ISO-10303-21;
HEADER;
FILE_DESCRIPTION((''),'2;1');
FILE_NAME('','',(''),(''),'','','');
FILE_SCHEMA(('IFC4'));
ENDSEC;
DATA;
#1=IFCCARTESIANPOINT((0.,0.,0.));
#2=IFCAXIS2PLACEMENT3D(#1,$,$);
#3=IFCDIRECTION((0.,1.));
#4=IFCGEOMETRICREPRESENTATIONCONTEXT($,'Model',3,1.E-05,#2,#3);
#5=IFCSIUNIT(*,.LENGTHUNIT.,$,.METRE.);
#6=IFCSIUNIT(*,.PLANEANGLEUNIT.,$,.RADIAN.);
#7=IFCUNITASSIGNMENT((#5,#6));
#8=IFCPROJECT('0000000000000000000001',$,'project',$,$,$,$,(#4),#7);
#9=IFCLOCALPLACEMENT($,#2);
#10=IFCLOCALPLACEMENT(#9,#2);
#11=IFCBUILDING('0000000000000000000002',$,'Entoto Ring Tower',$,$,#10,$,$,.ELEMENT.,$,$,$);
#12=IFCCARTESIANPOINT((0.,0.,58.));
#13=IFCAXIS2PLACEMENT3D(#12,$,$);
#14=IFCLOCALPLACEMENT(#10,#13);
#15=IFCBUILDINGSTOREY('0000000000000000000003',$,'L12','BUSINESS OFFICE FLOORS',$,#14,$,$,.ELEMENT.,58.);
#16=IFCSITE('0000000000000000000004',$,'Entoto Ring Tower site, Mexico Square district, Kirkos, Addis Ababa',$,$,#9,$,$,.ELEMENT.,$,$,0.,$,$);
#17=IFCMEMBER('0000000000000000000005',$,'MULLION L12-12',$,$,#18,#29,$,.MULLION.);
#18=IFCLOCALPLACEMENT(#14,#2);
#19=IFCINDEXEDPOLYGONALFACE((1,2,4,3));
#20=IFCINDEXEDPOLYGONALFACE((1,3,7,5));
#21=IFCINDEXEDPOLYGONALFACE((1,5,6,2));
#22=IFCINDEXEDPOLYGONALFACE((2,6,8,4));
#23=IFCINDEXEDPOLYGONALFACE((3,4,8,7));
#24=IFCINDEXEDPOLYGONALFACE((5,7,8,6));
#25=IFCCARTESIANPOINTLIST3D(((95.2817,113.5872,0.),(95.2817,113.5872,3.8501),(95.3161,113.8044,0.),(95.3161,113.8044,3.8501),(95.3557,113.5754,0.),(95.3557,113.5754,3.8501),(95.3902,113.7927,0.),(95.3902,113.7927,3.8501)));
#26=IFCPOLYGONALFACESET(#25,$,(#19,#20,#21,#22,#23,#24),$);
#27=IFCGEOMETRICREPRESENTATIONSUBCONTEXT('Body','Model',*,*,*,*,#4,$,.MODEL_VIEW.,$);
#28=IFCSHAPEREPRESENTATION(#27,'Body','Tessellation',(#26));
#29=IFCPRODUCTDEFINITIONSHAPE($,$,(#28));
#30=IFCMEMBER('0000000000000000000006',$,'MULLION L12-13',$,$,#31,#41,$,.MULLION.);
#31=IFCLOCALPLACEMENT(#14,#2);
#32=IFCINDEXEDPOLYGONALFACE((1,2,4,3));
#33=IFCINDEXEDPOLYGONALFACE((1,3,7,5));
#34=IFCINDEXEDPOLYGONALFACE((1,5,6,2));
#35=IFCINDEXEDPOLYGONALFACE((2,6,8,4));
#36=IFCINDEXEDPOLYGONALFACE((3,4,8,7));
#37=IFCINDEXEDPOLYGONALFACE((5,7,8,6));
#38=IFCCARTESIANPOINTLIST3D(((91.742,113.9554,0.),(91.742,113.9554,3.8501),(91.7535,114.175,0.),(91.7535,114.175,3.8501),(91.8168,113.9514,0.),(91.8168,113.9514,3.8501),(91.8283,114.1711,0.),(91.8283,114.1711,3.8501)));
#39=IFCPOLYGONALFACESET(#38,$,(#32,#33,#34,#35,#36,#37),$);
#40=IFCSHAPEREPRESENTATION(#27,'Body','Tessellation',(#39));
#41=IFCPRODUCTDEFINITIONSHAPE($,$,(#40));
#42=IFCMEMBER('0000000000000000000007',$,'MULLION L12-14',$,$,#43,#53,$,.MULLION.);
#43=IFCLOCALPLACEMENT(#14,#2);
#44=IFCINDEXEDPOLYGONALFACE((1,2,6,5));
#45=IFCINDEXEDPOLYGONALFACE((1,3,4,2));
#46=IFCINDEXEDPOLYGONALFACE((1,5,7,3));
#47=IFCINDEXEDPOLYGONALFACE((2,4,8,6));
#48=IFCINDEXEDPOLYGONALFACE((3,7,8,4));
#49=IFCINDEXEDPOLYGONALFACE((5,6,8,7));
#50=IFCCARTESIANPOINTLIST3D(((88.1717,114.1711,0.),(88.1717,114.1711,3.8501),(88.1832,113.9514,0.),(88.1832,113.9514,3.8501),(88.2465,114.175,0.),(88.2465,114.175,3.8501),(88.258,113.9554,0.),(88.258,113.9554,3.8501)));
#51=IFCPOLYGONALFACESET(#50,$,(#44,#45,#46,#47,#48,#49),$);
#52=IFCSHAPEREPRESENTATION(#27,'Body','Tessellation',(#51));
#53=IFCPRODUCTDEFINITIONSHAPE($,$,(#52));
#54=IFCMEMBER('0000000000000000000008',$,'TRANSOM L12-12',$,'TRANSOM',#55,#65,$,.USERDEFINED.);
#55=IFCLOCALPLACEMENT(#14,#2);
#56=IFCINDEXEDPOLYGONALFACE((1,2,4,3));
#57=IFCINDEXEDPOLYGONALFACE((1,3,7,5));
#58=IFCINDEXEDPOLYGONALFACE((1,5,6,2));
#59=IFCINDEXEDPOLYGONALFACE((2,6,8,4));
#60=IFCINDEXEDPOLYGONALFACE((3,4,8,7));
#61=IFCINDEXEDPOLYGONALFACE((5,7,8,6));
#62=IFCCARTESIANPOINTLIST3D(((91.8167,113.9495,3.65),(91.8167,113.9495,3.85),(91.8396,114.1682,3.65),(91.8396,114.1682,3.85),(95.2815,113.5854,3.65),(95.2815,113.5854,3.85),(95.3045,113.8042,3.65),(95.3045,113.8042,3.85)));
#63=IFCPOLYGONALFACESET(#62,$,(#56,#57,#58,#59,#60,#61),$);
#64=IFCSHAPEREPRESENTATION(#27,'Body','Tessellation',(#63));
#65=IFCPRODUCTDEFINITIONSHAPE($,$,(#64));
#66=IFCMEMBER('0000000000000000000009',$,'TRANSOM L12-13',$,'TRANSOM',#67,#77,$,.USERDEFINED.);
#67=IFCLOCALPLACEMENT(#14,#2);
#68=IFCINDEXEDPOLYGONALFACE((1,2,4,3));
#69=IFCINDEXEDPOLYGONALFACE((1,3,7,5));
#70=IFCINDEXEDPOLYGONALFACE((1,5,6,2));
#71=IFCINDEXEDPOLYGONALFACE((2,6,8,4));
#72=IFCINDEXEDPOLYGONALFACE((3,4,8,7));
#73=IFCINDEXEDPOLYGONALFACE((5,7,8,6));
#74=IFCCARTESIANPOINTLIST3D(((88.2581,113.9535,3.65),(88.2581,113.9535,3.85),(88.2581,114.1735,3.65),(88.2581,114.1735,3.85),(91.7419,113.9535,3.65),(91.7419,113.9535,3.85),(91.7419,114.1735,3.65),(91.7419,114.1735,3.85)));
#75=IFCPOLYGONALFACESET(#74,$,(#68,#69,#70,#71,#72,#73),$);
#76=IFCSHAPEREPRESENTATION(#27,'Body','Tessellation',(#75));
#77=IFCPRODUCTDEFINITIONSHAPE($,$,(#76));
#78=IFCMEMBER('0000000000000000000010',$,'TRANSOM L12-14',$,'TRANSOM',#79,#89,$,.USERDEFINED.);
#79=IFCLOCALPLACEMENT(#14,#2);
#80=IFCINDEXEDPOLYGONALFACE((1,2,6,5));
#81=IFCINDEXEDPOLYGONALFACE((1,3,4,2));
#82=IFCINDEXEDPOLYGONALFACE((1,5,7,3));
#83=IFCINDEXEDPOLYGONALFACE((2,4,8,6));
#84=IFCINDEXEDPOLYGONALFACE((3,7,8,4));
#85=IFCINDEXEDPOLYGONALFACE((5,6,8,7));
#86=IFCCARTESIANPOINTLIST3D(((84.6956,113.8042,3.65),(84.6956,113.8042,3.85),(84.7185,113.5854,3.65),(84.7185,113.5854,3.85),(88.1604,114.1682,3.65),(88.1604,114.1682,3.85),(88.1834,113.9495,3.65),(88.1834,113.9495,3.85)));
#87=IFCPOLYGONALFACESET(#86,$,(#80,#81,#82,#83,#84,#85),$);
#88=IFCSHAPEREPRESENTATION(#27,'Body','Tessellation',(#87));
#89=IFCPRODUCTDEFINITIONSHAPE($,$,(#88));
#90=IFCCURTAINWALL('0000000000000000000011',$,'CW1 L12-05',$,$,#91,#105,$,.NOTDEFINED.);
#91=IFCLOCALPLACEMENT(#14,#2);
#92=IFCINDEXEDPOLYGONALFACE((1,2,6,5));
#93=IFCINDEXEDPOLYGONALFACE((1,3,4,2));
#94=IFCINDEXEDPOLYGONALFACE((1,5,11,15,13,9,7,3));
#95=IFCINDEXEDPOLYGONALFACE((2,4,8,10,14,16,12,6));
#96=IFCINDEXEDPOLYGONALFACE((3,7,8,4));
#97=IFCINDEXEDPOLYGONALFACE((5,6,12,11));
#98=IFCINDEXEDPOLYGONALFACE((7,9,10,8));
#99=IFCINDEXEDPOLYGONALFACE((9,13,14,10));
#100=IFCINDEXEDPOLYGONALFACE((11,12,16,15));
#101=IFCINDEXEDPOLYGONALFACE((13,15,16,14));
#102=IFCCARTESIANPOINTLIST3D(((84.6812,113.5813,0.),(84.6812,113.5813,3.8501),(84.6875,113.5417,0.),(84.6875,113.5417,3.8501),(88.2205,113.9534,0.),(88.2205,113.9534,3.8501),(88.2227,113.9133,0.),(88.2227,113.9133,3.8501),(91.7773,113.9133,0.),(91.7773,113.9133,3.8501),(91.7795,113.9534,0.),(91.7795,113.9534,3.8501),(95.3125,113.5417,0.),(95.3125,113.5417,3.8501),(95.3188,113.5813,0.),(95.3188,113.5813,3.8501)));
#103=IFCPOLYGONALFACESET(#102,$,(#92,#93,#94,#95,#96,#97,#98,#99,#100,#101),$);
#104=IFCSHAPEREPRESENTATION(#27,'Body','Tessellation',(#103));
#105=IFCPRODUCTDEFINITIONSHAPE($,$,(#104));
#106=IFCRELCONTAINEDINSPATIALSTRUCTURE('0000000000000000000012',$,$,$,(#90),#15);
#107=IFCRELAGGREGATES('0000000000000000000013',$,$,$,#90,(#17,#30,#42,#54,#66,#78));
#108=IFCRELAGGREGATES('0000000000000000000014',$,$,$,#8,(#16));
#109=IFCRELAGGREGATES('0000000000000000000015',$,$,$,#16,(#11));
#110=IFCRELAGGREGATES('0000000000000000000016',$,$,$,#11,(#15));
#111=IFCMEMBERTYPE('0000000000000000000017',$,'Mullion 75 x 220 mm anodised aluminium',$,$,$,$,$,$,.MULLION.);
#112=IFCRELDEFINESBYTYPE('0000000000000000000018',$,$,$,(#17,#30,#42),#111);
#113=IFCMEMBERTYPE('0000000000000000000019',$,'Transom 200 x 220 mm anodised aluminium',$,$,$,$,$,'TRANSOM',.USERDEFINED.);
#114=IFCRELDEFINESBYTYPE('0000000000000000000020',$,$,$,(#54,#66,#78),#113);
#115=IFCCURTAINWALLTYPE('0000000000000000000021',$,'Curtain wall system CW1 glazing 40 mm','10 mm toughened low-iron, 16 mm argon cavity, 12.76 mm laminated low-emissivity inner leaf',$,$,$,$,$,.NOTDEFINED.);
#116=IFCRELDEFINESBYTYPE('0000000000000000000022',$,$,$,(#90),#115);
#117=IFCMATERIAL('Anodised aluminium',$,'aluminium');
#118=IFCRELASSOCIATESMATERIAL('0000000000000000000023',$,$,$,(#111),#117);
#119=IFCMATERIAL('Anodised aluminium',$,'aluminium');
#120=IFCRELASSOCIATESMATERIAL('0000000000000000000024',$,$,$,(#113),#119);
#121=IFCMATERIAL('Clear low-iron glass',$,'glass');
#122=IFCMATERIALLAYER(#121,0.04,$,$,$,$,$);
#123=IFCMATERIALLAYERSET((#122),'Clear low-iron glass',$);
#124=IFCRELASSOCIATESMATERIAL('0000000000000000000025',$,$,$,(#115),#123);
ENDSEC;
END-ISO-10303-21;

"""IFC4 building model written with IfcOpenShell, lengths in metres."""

from ifc_helpers import new_model, si_unit, direction, frame, origin, origin_2d, place, context, subcontext, project, spatial, polyline, rectangle, outline, extrude, material, layer, layer_set, material_profile, profile_set, type_object, element, aggregate, save


model = new_model("IFC4")

# Units and contexts
model_context = context("Model", 3, precision=1e-05, world=origin(), true_north=direction((0.0, 1.0)))
body_context = subcontext(model_context, "Body", "Model", "MODEL_VIEW")
ifc_project = project(units=[si_unit("LENGTHUNIT", "METRE"), si_unit("PLANEANGLEUNIT", "RADIAN")], contexts=[model_context])

# Members
ifc_material_1 = material(Name="Anodised aluminium", Category="aluminium")
ifc_material_profile_1 = material_profile(ifc_material_1, rectangle(XDim=0.075, YDim=0.22, at=origin_2d()), Name="Mullion 75 x 220 mm anodised aluminium")
ifc_profile_set_1 = profile_set([ifc_material_profile_1], Name="Anodised aluminium")
member_type_1 = type_object("IfcMemberType", Name="Mullion 75 x 220 mm anodised aluminium", PredefinedType="MULLION", material=ifc_profile_set_1)
site_placement = place(None, origin())
building_placement = place(site_placement, origin())
storey_placement = place(building_placement, frame((0.0, 0.0, 58.0)))
member_1_placement = place(storey_placement, frame((95.3359, 113.6899, 0.0), z_axis=(0.0, 0.0, 1.0), x_axis=(-0.987688, 0.156434, 0.0)))
member_1 = element("IfcMember", 1, at=member_1_placement, type_object=member_type_1, Name="MULLION L12-12", PredefinedType="MULLION", context=body_context, shape_type="SweptSolid", body=[
    extrude(rectangle(XDim=0.075, YDim=0.22, at=origin_2d()), origin(), (0.0, 0.0, 1.0), 3.8501),
])
member_2_placement = place(storey_placement, frame((91.7852, 114.0632, 0.0), z_axis=(0.0, 0.0, 1.0), x_axis=(-0.99863, 0.052336, 0.0)))
member_2 = element("IfcMember", 2, at=member_2_placement, type_object=member_type_1, Name="MULLION L12-13", PredefinedType="MULLION", context=body_context, shape_type="SweptSolid", body=[
    extrude(rectangle(XDim=0.075, YDim=0.22, at=origin_2d()), origin(), (0.0, 0.0, 1.0), 3.8501),
])
member_3_placement = place(storey_placement, frame((88.2148, 114.0632, 0.0), z_axis=(0.0, 0.0, 1.0), x_axis=(-0.99863, -0.052336, 0.0)))
member_3 = element("IfcMember", 3, at=member_3_placement, type_object=member_type_1, Name="MULLION L12-14", PredefinedType="MULLION", context=body_context, shape_type="SweptSolid", body=[
    extrude(rectangle(XDim=0.075, YDim=0.22, at=origin_2d()), origin(), (0.0, 0.0, 1.0), 3.8501),
])
ifc_material_2 = material(Name="Anodised aluminium", Category="aluminium")
ifc_material_profile_2 = material_profile(ifc_material_2, rectangle(XDim=0.22, YDim=0.2, at=origin_2d()), Name="Transom 200 x 220 mm anodised aluminium")
ifc_profile_set_2 = profile_set([ifc_material_profile_2], Name="Anodised aluminium")
member_type_2 = type_object("IfcMemberType", Name="Transom 200 x 220 mm anodised aluminium", ElementType="TRANSOM", PredefinedType="USERDEFINED", material=ifc_profile_set_2)
member_4_placement = place(storey_placement, frame((95.293, 113.6948, 3.75), z_axis=(-0.994527, 0.104484, 0.0), x_axis=(-0.104484, -0.994527, 0.0)))
member_4 = element("IfcMember", 4, at=member_4_placement, type_object=member_type_2, Name="TRANSOM L12-12", ObjectType="TRANSOM", PredefinedType="USERDEFINED", context=body_context, shape_type="SweptSolid", body=[
    extrude(rectangle(XDim=0.22, YDim=0.2, at=origin_2d()), origin(), (0.0, 0.0, 1.0), 3.4839),
])
member_5_placement = place(storey_placement, frame((91.7419, 114.0635, 3.75), z_axis=(-1.0, 0.0, 0.0), x_axis=(0.0, -1.0, 0.0)))
member_5 = element("IfcMember", 5, at=member_5_placement, type_object=member_type_2, Name="TRANSOM L12-13", ObjectType="TRANSOM", PredefinedType="USERDEFINED", context=body_context, shape_type="SweptSolid", body=[
    extrude(rectangle(XDim=0.22, YDim=0.2, at=origin_2d()), origin(), (0.0, 0.0, 1.0), 3.4839),
])
member_6_placement = place(storey_placement, frame((88.1719, 114.0588, 3.75), z_axis=(-0.994527, -0.104484, 0.0), x_axis=(0.104484, -0.994527, 0.0)))
member_6 = element("IfcMember", 6, at=member_6_placement, type_object=member_type_2, Name="TRANSOM L12-14", ObjectType="TRANSOM", PredefinedType="USERDEFINED", context=body_context, shape_type="SweptSolid", body=[
    extrude(rectangle(XDim=0.22, YDim=0.2, at=origin_2d()), origin(), (0.0, 0.0, 1.0), 3.4839),
])

# Site, building, storey
site = spatial("IfcSite", under=ifc_project, at=site_placement, Name="Entoto Ring Tower site, Mexico Square district, Kirkos, Addis Ababa", CompositionType="ELEMENT", RefElevation=0.0)
building = spatial("IfcBuilding", under=site, at=building_placement, Name="Entoto Ring Tower", CompositionType="ELEMENT")
storey = spatial("IfcBuildingStorey", under=building, at=storey_placement, Name="L12", Description="BUSINESS OFFICE FLOORS", CompositionType="ELEMENT", Elevation=58.0)

# Curtain wall
ifc_material_3 = material(Name="Clear low-iron glass", Category="glass")
ifc_layer = layer(ifc_material_3, 0.04)
ifc_layer_set = layer_set([ifc_layer], Name="Clear low-iron glass")
curtain_wall_type = type_object("IfcCurtainWallType", Name="Curtain wall system CW1 glazing 40 mm", Description="10 mm toughened low-iron, 16 mm argon cavity, 12.76 mm laminated low-emissivity inner leaf", PredefinedType="NOTDEFINED", material=ifc_layer_set)
curtain_wall_1_placement = place(storey_placement, origin())
curtain_wall_1 = element("IfcCurtainWall", 7, at=curtain_wall_1_placement, inside=storey, type_object=curtain_wall_type, Name="CW1 L12-05", PredefinedType="NOTDEFINED", context=body_context, shape_type="SweptSolid", body=[
    extrude(outline(polyline([(95.3188, 113.5813), (91.7795, 113.9534), (88.2205, 113.9534), (84.6812, 113.5813), (84.6875, 113.5417), (88.2227, 113.9133), (91.7773, 113.9133), (95.3125, 113.5417), (95.3188, 113.5813)])), origin(), (0.0, 0.0, 1.0), 3.8501),
])
aggregate(curtain_wall_1, [member_1, member_2, member_3, member_4, member_5, member_6])

save(model, "model.ifc")
